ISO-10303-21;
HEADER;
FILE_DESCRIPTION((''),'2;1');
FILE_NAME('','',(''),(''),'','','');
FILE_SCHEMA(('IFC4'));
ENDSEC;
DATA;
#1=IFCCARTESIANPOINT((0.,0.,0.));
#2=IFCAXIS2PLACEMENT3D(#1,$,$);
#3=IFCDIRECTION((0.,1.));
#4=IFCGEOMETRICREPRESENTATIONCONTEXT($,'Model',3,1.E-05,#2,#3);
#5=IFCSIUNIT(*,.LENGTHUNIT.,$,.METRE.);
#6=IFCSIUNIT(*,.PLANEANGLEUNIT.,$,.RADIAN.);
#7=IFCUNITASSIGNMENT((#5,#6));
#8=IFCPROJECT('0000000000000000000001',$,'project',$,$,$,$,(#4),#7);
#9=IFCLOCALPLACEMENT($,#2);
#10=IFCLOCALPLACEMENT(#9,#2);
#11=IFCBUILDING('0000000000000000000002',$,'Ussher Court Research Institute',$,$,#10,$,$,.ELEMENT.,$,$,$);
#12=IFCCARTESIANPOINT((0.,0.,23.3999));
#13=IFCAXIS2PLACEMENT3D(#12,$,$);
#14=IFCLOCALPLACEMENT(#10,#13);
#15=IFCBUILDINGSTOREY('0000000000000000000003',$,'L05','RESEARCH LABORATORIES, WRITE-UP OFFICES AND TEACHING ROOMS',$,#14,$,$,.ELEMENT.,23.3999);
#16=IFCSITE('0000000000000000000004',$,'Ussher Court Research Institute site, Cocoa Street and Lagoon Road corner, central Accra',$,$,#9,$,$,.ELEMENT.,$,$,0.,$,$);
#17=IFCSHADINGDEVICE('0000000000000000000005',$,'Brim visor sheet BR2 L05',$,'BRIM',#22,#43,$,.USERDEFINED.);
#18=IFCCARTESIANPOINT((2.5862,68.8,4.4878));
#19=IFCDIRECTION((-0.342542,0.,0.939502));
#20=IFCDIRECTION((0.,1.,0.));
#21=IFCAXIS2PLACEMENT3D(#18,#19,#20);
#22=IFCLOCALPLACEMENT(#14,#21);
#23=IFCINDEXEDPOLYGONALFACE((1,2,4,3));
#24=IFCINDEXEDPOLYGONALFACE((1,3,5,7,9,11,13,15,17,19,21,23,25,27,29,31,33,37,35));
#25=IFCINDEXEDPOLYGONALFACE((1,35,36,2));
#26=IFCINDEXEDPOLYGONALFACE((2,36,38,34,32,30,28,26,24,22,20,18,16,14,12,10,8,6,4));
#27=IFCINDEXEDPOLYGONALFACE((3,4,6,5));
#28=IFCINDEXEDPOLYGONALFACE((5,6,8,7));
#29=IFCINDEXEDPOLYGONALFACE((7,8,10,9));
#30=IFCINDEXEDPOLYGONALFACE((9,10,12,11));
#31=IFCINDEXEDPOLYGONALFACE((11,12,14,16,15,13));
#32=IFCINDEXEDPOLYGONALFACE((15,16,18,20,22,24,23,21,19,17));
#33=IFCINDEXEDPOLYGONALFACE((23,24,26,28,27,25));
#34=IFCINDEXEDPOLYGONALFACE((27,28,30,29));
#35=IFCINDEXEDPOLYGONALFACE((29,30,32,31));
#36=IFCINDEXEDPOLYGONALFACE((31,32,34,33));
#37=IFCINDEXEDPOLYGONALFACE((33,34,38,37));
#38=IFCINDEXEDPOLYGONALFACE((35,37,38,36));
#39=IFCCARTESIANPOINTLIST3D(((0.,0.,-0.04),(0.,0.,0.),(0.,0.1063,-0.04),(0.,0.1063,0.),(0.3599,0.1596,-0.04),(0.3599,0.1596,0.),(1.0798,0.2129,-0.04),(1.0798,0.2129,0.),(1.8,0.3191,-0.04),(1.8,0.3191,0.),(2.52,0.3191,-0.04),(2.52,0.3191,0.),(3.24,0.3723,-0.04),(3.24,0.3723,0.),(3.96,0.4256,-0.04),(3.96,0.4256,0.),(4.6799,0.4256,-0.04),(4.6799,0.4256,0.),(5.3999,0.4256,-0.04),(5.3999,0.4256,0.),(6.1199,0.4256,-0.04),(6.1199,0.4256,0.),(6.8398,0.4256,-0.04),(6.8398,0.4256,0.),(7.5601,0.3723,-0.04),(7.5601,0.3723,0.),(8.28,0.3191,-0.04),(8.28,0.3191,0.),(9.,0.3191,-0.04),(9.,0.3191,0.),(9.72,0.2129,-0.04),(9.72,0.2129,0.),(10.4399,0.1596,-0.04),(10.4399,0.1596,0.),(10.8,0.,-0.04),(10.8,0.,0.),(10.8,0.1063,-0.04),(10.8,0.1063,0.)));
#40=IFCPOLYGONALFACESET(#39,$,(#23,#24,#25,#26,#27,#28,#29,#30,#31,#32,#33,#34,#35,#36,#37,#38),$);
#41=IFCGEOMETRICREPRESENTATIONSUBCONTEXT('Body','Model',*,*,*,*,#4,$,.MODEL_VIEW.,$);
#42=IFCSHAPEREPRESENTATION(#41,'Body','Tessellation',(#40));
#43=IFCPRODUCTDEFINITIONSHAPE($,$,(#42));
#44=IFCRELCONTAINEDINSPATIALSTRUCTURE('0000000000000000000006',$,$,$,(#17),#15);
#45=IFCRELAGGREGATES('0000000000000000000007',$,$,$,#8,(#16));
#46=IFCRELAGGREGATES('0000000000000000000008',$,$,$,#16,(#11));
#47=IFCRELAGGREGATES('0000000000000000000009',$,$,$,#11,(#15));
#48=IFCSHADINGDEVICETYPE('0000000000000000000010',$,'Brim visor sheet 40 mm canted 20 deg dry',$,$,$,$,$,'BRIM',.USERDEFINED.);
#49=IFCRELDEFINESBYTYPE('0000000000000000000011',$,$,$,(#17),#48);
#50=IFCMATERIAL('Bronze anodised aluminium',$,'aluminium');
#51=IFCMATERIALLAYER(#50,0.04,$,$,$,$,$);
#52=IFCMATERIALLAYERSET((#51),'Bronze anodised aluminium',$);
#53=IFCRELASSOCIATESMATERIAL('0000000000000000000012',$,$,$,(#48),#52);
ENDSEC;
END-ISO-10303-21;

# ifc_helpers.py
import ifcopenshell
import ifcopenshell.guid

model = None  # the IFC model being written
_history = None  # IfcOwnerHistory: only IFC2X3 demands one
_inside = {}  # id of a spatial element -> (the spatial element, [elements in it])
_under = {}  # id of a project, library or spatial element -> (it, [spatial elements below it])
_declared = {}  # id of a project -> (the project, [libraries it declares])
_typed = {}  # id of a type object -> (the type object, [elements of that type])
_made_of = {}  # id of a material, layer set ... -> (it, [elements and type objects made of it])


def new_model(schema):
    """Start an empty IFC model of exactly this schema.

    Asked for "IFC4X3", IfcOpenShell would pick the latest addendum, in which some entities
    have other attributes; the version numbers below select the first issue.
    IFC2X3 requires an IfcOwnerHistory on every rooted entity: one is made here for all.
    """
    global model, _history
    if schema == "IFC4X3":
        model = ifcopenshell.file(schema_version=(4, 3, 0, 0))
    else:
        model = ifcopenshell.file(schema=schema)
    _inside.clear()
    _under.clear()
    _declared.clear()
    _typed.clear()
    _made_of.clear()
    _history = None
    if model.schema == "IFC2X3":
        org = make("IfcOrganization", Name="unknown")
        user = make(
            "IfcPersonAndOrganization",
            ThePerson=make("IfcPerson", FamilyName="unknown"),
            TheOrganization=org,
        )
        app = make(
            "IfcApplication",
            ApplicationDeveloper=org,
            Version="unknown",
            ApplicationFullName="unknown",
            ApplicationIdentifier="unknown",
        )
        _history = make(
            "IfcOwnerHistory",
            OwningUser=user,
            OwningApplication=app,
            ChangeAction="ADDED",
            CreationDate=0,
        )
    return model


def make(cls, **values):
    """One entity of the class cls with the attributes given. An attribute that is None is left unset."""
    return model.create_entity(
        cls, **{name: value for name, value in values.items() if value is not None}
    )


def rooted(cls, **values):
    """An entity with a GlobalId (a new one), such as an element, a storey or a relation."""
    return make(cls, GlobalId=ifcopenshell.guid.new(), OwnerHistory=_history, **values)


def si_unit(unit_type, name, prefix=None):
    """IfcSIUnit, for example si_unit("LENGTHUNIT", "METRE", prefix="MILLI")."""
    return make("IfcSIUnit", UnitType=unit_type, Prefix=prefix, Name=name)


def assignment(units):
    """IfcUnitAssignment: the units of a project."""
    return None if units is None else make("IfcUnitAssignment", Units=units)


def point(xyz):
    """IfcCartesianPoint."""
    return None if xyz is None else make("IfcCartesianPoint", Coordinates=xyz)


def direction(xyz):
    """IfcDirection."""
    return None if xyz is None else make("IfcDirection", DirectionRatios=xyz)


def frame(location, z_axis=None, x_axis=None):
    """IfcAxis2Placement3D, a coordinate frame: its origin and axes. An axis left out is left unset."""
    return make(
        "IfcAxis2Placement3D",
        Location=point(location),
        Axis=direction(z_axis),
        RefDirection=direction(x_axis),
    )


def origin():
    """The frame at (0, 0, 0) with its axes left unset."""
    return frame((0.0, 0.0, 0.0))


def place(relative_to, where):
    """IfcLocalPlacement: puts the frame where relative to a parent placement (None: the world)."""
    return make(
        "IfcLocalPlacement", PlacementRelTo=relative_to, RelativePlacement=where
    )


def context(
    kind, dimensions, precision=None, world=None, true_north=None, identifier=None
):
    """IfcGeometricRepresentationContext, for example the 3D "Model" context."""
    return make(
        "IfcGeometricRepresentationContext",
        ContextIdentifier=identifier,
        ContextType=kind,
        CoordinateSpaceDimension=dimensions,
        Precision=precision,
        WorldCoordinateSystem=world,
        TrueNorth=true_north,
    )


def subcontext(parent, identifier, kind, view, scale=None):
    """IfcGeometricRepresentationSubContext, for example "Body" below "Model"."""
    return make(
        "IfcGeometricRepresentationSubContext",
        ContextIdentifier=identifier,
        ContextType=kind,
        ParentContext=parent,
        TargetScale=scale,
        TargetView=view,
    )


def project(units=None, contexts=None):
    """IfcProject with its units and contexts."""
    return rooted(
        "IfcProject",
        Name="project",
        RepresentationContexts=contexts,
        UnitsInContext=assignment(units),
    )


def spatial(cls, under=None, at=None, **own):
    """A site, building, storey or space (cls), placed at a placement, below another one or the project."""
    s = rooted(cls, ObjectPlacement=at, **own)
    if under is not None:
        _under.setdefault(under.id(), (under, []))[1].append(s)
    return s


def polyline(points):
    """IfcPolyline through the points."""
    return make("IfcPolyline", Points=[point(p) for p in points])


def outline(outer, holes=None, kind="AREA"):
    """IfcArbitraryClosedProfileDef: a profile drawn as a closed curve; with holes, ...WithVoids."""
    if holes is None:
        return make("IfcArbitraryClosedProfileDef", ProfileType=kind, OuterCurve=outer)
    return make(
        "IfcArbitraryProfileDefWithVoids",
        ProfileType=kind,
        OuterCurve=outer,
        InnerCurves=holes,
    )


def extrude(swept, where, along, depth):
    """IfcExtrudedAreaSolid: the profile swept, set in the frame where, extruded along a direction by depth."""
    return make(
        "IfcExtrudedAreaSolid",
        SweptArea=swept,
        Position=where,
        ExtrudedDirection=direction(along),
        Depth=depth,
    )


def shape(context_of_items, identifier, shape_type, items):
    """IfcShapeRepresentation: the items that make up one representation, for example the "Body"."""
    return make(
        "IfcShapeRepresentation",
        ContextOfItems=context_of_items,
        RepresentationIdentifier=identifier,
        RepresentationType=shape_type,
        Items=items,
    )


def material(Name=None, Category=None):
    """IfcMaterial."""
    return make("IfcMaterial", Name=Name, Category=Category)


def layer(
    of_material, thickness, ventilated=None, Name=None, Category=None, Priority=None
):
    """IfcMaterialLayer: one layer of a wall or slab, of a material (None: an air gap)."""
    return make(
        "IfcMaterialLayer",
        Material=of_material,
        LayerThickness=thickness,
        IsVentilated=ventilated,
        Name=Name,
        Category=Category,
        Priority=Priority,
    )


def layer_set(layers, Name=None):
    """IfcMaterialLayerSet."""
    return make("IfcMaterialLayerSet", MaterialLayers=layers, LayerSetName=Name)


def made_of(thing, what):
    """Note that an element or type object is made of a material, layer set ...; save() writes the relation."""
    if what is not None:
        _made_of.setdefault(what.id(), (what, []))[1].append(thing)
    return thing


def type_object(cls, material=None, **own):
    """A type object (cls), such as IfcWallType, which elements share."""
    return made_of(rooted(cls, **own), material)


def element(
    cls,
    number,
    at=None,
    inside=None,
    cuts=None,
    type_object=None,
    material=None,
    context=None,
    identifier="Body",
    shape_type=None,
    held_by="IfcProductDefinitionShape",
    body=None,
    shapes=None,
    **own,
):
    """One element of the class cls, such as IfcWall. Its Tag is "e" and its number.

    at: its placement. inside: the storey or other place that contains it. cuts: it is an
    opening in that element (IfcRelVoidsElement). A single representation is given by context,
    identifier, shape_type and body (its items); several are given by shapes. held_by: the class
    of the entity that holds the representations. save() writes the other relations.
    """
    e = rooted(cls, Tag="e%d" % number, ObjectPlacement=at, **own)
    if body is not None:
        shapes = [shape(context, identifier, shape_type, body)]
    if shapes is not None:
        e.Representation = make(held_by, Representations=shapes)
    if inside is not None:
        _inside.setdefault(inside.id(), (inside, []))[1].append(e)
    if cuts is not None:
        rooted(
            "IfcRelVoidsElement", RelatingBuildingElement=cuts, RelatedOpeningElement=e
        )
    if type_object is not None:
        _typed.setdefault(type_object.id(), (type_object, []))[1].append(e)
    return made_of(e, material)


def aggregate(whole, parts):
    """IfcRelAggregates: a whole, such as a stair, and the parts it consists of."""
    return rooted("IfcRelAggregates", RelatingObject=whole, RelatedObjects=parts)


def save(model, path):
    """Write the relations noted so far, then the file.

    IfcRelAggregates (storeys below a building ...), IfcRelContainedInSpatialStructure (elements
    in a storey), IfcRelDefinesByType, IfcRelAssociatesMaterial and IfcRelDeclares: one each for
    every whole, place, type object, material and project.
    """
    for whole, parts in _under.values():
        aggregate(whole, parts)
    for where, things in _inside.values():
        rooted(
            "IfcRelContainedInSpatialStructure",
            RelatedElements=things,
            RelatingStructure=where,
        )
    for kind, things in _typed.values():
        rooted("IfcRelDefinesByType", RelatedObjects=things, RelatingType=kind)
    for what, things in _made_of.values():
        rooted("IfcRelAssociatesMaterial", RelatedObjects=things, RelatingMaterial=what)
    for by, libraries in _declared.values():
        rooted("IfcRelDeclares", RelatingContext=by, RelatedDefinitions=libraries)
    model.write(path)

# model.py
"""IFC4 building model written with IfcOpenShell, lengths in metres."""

from ifc_helpers import new_model, si_unit, direction, frame, origin, place, context, subcontext, project, spatial, polyline, outline, extrude, material, layer, layer_set, type_object, element, save


model = new_model("IFC4")

# Units and contexts
model_context = context("Model", 3, precision=1e-05, world=origin(), true_north=direction((0.0, 1.0)))
body_context = subcontext(model_context, "Body", "Model", "MODEL_VIEW")
ifc_project = project(units=[si_unit("LENGTHUNIT", "METRE"), si_unit("PLANEANGLEUNIT", "RADIAN")], contexts=[model_context])

# Site, building, storey
site_placement = place(None, origin())
site = spatial("IfcSite", under=ifc_project, at=site_placement, Name="Ussher Court Research Institute site, Cocoa Street and Lagoon Road corner, central Accra", CompositionType="ELEMENT", RefElevation=0.0)
building_placement = place(site_placement, origin())
building = spatial("IfcBuilding", under=site, at=building_placement, Name="Ussher Court Research Institute", CompositionType="ELEMENT")
storey_placement = place(building_placement, frame((0.0, 0.0, 23.3999)))
storey = spatial("IfcBuildingStorey", under=building, at=storey_placement, Name="L05", Description="RESEARCH LABORATORIES, WRITE-UP OFFICES AND TEACHING ROOMS", CompositionType="ELEMENT", Elevation=23.3999)

# Shading device
ifc_material_1 = material(Name="Bronze anodised aluminium", Category="aluminium")
ifc_layer_1 = layer(ifc_material_1, 0.04)
ifc_layer_set_1 = layer_set([ifc_layer_1], Name="Bronze anodised aluminium")
shading_device_type_1 = type_object("IfcShadingDeviceType", Name="Brim visor sheet 40 mm canted 20 deg dry", ElementType="BRIM", PredefinedType="USERDEFINED", material=ifc_layer_set_1)
shading_device_1_placement = place(storey_placement, frame((2.5862, 68.8, 4.4878), z_axis=(-0.342542, 0.0, 0.939502), x_axis=(0.0, 1.0, 0.0)))
element("IfcShadingDevice", 1, at=shading_device_1_placement, inside=storey, type_object=shading_device_type_1, Name="Brim visor sheet BR2 L05", ObjectType="BRIM", PredefinedType="USERDEFINED", context=body_context, shape_type="SweptSolid", body=[
    extrude(outline(polyline([(0.0, 0.0), (10.8, 0.0), (10.8, 0.1063), (10.4399, 0.1596), (9.72, 0.2129), (9.0, 0.3191), (8.28, 0.3191), (7.5601, 0.3723), (6.8398, 0.4256), (6.1199, 0.4256), (5.3999, 0.4256), (4.6799, 0.4256), (3.96, 0.4256), (3.24, 0.3723), (2.52, 0.3191), (1.8, 0.3191), (1.0798, 0.2129), (0.3599, 0.1596), (0.0, 0.1063), (0.0, 0.0)])), origin(), (0.0, 0.0, -1.0), 0.04),
])

save(model, "model.ifc")
